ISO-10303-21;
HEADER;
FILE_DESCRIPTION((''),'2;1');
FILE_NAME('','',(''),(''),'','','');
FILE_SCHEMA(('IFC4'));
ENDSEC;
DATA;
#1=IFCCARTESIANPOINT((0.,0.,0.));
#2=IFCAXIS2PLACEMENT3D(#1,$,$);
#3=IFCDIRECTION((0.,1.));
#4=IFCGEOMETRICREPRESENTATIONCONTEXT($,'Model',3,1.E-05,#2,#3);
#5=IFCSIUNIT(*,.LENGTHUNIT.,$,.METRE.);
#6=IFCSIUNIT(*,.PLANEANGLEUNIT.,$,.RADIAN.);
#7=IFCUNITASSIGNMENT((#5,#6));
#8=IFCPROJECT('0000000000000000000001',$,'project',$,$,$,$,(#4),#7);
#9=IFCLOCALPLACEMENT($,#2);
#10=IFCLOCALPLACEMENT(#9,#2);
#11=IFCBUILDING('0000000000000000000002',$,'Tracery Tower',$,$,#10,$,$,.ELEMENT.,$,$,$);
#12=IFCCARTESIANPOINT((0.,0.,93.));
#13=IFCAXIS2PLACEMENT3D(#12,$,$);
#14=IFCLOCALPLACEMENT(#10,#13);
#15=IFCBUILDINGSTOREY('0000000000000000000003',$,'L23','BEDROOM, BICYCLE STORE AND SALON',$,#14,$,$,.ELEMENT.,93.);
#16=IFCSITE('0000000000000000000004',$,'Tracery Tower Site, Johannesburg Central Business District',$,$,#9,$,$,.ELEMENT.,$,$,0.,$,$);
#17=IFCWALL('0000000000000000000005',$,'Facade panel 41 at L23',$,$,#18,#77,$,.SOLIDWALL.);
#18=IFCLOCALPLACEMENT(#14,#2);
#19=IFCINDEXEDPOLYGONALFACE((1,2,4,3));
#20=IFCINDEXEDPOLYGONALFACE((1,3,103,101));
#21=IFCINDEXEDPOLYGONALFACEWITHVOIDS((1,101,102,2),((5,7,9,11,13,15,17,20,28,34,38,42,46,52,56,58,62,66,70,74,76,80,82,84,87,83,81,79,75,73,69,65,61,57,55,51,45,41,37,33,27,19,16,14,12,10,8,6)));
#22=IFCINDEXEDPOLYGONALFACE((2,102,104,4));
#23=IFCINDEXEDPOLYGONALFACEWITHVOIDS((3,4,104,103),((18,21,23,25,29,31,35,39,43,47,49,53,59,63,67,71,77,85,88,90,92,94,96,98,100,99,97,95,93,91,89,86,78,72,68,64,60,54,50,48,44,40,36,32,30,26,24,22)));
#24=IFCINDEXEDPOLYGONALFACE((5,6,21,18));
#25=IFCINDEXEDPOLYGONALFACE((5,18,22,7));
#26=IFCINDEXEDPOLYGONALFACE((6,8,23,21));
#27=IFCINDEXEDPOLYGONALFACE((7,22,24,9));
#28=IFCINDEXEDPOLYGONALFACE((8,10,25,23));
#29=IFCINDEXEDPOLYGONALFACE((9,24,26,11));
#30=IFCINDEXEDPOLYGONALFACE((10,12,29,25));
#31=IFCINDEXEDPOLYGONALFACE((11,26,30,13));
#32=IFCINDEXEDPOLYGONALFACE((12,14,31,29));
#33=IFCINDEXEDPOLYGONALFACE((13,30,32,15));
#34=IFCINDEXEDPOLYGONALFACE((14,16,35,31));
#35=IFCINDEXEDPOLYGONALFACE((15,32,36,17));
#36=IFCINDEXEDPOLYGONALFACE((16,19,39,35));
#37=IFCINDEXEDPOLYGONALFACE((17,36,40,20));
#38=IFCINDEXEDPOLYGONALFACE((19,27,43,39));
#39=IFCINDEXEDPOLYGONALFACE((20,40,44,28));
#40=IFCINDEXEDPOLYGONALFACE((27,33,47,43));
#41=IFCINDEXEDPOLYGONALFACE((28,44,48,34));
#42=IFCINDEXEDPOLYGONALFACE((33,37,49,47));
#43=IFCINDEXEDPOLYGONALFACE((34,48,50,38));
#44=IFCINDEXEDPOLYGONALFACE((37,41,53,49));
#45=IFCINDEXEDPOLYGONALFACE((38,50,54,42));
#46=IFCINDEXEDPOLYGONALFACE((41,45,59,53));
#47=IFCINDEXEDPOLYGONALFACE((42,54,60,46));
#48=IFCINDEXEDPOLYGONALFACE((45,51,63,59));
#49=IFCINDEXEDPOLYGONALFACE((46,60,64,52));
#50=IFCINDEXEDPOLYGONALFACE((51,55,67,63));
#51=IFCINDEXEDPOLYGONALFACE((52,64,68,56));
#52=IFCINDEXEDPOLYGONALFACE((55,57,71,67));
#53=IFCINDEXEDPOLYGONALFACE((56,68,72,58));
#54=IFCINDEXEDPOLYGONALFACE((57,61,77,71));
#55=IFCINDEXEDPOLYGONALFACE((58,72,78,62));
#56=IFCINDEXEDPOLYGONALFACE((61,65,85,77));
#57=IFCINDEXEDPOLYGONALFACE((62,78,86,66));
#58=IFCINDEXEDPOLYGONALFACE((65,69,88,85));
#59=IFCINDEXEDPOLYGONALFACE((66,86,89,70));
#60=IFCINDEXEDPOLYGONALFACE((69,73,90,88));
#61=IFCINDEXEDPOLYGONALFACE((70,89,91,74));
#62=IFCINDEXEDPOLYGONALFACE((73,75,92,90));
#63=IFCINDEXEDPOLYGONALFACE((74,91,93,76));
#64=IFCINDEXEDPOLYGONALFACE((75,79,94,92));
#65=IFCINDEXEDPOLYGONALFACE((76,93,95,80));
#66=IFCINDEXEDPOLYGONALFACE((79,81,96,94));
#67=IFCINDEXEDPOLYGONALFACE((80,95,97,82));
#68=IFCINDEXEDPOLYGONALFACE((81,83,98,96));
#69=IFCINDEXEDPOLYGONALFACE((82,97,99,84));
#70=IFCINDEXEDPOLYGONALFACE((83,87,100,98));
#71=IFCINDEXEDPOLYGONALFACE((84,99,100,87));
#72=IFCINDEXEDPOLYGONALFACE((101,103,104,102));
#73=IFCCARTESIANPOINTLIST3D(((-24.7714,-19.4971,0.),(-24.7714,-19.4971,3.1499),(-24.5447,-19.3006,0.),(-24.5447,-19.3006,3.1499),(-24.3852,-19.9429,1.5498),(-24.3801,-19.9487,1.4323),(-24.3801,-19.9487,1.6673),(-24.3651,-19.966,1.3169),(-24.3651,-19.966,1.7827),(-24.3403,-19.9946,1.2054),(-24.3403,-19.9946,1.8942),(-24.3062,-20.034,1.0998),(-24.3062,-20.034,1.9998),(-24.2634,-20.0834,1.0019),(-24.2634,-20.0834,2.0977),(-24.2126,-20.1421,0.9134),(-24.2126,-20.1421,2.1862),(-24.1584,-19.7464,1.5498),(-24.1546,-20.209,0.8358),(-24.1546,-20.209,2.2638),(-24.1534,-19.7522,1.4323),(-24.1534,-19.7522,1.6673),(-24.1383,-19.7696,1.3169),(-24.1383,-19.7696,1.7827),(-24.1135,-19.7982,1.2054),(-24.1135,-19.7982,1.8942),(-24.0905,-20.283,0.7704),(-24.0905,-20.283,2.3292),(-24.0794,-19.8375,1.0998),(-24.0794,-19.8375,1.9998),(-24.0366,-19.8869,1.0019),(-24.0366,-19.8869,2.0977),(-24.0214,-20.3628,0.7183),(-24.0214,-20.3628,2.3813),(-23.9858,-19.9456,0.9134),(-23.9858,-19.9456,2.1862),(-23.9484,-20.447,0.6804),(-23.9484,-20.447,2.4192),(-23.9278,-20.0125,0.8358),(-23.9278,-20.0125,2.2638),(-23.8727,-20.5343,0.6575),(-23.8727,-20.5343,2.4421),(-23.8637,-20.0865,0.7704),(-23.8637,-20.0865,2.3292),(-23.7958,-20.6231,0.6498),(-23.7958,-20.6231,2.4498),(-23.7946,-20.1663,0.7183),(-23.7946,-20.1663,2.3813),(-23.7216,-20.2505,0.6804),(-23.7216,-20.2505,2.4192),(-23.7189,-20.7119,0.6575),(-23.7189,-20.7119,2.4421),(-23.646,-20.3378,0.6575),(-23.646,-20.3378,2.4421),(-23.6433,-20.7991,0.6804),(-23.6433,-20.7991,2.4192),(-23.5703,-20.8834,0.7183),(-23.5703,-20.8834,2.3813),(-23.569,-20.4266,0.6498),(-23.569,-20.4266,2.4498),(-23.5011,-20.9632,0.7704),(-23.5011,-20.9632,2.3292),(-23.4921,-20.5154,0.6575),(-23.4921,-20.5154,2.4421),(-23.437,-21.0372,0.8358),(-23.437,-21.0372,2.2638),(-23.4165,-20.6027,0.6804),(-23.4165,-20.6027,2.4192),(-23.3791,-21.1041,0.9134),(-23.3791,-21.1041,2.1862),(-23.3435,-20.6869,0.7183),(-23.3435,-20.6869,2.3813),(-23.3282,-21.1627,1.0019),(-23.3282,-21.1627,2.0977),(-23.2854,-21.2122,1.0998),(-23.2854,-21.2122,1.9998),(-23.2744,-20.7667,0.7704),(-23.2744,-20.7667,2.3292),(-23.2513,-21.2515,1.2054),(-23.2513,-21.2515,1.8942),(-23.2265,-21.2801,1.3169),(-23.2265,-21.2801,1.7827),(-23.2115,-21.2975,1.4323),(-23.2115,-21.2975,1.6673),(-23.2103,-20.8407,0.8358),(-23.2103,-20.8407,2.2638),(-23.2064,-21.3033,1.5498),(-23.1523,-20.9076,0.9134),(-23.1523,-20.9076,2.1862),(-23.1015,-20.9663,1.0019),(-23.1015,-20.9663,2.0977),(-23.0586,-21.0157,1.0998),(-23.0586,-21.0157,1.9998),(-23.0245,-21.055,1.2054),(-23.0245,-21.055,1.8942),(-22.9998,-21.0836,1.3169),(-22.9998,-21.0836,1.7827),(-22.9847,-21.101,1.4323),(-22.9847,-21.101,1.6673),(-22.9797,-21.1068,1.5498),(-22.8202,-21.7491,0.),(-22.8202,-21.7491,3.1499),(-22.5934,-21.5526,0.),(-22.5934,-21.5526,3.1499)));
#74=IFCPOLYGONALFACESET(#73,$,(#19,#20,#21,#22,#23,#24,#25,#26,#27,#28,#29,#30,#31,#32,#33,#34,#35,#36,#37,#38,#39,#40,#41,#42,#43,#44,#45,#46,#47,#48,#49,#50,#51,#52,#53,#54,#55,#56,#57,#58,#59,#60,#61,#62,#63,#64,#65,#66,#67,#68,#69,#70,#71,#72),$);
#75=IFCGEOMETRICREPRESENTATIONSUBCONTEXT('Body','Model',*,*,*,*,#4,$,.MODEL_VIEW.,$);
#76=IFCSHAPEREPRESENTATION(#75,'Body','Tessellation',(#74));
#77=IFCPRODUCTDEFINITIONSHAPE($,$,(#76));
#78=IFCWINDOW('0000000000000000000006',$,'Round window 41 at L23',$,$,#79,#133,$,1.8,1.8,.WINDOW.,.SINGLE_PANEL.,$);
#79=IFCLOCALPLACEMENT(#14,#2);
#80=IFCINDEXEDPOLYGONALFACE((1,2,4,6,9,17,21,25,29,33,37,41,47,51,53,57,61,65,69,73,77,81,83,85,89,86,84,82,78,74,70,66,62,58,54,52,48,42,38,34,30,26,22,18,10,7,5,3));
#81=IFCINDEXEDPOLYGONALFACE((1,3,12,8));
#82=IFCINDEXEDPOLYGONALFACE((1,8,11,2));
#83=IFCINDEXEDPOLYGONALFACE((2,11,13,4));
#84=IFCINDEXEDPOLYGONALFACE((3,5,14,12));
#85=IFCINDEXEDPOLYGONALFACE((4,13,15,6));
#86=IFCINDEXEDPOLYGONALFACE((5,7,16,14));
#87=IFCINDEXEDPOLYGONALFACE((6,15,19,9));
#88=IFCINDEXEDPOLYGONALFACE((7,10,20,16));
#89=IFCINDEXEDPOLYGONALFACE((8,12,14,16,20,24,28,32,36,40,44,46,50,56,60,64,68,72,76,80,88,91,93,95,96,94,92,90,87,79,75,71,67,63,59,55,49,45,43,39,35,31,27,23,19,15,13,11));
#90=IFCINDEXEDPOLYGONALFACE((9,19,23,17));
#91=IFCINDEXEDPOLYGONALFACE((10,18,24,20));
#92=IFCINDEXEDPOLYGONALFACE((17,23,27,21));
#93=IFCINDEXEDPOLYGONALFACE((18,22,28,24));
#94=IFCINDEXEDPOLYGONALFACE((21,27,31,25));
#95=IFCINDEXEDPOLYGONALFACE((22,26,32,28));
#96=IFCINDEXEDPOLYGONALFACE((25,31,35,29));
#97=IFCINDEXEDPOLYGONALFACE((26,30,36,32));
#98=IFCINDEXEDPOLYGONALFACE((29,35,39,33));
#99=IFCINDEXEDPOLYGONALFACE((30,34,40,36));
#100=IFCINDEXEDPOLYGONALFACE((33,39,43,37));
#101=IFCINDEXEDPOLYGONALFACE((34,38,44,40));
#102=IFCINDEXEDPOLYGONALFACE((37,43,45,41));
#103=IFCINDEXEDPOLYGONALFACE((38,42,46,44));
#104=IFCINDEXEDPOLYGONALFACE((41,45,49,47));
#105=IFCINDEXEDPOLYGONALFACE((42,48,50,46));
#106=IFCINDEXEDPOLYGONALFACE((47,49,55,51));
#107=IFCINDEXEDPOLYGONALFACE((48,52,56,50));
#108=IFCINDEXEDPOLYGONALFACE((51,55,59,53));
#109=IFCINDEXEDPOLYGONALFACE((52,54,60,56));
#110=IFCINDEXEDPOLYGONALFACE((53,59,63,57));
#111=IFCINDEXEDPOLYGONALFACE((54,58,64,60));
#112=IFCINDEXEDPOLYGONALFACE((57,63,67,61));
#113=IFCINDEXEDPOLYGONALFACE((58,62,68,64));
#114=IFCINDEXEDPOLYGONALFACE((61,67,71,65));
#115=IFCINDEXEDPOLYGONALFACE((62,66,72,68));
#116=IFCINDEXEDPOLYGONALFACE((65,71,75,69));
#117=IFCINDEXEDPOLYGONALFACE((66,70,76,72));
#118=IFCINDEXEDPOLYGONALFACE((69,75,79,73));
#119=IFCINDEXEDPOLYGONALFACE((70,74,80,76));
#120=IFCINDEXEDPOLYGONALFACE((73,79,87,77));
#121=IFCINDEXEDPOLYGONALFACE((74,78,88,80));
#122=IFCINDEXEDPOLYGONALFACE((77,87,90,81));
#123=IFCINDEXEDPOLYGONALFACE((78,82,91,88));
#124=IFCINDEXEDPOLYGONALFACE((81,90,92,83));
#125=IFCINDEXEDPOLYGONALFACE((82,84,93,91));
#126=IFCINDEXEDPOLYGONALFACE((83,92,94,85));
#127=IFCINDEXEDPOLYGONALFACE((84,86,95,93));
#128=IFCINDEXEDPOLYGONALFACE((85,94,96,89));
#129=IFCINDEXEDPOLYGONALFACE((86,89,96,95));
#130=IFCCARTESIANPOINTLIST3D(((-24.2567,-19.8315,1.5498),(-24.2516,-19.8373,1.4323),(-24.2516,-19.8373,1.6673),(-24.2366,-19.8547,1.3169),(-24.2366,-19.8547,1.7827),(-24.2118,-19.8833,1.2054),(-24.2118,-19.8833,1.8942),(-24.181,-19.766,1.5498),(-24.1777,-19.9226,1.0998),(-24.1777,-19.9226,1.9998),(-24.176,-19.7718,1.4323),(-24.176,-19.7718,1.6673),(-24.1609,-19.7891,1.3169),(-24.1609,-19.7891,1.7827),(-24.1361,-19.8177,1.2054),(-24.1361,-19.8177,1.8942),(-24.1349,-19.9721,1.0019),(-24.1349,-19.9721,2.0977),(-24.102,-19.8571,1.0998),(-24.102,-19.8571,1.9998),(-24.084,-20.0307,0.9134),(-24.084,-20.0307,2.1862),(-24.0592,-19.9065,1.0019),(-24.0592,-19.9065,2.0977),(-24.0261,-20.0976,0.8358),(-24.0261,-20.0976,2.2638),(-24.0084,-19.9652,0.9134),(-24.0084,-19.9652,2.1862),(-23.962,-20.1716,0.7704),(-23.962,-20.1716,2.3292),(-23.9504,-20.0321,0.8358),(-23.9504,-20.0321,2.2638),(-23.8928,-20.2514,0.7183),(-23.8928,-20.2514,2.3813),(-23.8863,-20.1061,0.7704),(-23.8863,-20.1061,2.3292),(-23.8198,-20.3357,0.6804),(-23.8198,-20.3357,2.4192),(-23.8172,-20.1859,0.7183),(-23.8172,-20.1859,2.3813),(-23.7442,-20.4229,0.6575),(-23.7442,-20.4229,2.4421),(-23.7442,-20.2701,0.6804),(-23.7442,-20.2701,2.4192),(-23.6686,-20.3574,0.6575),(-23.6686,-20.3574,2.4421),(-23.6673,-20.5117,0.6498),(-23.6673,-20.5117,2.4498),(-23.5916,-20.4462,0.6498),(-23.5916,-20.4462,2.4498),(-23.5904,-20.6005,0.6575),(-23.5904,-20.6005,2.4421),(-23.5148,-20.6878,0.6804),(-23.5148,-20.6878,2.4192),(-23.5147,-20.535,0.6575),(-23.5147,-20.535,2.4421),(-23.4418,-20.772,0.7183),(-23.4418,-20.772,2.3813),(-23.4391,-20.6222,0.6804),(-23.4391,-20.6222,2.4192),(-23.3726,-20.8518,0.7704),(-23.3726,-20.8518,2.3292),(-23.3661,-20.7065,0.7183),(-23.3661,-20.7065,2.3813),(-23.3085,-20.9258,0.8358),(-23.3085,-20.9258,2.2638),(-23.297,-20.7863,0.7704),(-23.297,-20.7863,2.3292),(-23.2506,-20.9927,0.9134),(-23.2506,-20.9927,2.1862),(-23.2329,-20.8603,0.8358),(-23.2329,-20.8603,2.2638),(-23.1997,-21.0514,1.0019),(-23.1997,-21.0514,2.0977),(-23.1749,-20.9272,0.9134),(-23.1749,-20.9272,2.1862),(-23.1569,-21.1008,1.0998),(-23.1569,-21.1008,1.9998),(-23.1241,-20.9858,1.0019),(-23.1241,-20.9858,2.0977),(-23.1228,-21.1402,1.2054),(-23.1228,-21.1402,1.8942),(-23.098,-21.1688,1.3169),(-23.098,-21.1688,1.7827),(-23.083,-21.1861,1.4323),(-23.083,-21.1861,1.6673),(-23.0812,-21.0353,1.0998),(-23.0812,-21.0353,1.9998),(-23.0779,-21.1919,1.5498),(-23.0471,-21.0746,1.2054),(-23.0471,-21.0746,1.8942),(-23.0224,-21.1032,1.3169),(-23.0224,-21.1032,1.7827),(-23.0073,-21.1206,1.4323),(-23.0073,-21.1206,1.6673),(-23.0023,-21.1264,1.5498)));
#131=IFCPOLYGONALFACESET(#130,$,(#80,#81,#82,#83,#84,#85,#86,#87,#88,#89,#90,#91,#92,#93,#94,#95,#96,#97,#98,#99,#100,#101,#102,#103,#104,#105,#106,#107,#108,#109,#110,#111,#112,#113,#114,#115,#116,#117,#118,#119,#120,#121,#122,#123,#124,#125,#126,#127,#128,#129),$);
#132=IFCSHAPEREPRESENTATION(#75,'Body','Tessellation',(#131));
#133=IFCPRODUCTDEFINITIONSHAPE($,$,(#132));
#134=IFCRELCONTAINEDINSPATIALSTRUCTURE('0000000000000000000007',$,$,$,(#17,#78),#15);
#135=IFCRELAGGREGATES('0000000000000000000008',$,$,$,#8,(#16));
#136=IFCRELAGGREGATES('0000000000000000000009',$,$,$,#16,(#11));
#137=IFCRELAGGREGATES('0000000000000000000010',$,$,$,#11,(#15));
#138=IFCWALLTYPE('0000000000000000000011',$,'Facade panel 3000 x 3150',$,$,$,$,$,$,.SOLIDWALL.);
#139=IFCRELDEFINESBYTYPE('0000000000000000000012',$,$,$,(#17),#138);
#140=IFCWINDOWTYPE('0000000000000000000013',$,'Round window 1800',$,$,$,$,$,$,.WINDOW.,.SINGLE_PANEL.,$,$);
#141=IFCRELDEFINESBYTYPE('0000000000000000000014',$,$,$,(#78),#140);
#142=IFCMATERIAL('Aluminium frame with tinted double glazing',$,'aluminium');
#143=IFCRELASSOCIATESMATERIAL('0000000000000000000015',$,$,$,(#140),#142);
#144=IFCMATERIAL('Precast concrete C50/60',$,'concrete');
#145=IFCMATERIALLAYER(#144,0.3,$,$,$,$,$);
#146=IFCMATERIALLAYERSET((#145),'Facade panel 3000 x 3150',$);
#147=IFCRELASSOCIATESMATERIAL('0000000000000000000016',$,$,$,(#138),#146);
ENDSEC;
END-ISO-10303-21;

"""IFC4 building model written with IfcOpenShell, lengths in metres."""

from ifc_helpers import new_model, si_unit, direction, frame, frame_2d, origin, origin_2d, place, context, subcontext, project, spatial, rectangle, circle, extrude, material, layer, layer_set, type_object, element, fill, save


model = new_model("IFC4")

# Units and contexts
model_context = context("Model", 3, precision=1e-05, world=origin(), true_north=direction((0.0, 1.0)))
body_context = subcontext(model_context, "Body", "Model", "MODEL_VIEW")
ifc_project = project(units=[si_unit("LENGTHUNIT", "METRE"), si_unit("PLANEANGLEUNIT", "RADIAN")], contexts=[model_context])

# Site, building, storey
site_placement = place(None, origin())
site = spatial("IfcSite", under=ifc_project, at=site_placement, Name="Tracery Tower Site, Johannesburg Central Business District", CompositionType="ELEMENT", RefElevation=0.0)
building_placement = place(site_placement, origin())
building = spatial("IfcBuilding", under=site, at=building_placement, Name="Tracery Tower", CompositionType="ELEMENT")
storey_placement = place(building_placement, frame((0.0, 0.0, 93.0)))
storey = spatial("IfcBuildingStorey", under=building, at=storey_placement, Name="L23", Description="BEDROOM, BICYCLE STORE AND SALON", CompositionType="ELEMENT", Elevation=93.0)

# Wall, opening, window
ifc_material_1 = material(Name="Aluminium frame with tinted double glazing", Category="aluminium")
window_type = type_object("IfcWindowType", Name="Round window 1800", PartitioningType="SINGLE_PANEL", PredefinedType="WINDOW", material=ifc_material_1)
ifc_material_2 = material(Name="Precast concrete C50/60", Category="concrete")
ifc_layer_1 = layer(ifc_material_2, 0.3)
ifc_layer_set_1 = layer_set([ifc_layer_1], Name="Facade panel 3000 x 3150")
wall_type_1 = type_object("IfcWallType", Name="Facade panel 3000 x 3150", PredefinedType="SOLIDWALL", material=ifc_layer_set_1)
wall_1_placement = place(storey_placement, frame((-24.658, -19.3989, 0.0), z_axis=(0.0, 0.0, 1.0), x_axis=(0.654831, -0.755776, 0.0)))
wall_1 = element("IfcWall", 1, at=wall_1_placement, inside=storey, type_object=wall_type_1, Name="Facade panel 41 at L23", PredefinedType="SOLIDWALL", context=body_context, shape_type="SweptSolid", body=[
    extrude(rectangle(XDim=2.9797, YDim=0.3, at=frame_2d((1.4897, 0.0))), origin(), (0.0, 0.0, 1.0), 3.1499),
])
opening_1_placement = place(wall_1_placement, frame((1.4897, 0.0, 1.5498)))
opening_1 = element("IfcOpeningElement", 2, at=opening_1_placement, cuts=wall_1, PredefinedType="OPENING", context=body_context, shape_type="SweptSolid", body=[
    extrude(circle(Radius=0.9, at=origin_2d()), frame((0.0, 0.1599, 0.0), z_axis=(0.0, -1.0, 0.0), x_axis=(1.0, 0.0, 0.0)), (0.0, 0.0, 1.0), 0.3201),
])
window_1_placement = place(opening_1_placement, origin())
window_1 = element("IfcWindow", 3, at=window_1_placement, inside=storey, type_object=window_type, Name="Round window 41 at L23", OverallHeight=1.8, OverallWidth=1.8, PartitioningType="SINGLE_PANEL", PredefinedType="WINDOW", context=body_context, shape_type="SweptSolid", body=[
    extrude(circle(Radius=0.9, at=origin_2d()), frame((0.0, 0.1201, 0.0), z_axis=(0.0, -1.0, 0.0), x_axis=(1.0, 0.0, 0.0)), (0.0, 0.0, 1.0), 0.1001),
])
fill(opening_1, window_1)

save(model, "model.ifc")
